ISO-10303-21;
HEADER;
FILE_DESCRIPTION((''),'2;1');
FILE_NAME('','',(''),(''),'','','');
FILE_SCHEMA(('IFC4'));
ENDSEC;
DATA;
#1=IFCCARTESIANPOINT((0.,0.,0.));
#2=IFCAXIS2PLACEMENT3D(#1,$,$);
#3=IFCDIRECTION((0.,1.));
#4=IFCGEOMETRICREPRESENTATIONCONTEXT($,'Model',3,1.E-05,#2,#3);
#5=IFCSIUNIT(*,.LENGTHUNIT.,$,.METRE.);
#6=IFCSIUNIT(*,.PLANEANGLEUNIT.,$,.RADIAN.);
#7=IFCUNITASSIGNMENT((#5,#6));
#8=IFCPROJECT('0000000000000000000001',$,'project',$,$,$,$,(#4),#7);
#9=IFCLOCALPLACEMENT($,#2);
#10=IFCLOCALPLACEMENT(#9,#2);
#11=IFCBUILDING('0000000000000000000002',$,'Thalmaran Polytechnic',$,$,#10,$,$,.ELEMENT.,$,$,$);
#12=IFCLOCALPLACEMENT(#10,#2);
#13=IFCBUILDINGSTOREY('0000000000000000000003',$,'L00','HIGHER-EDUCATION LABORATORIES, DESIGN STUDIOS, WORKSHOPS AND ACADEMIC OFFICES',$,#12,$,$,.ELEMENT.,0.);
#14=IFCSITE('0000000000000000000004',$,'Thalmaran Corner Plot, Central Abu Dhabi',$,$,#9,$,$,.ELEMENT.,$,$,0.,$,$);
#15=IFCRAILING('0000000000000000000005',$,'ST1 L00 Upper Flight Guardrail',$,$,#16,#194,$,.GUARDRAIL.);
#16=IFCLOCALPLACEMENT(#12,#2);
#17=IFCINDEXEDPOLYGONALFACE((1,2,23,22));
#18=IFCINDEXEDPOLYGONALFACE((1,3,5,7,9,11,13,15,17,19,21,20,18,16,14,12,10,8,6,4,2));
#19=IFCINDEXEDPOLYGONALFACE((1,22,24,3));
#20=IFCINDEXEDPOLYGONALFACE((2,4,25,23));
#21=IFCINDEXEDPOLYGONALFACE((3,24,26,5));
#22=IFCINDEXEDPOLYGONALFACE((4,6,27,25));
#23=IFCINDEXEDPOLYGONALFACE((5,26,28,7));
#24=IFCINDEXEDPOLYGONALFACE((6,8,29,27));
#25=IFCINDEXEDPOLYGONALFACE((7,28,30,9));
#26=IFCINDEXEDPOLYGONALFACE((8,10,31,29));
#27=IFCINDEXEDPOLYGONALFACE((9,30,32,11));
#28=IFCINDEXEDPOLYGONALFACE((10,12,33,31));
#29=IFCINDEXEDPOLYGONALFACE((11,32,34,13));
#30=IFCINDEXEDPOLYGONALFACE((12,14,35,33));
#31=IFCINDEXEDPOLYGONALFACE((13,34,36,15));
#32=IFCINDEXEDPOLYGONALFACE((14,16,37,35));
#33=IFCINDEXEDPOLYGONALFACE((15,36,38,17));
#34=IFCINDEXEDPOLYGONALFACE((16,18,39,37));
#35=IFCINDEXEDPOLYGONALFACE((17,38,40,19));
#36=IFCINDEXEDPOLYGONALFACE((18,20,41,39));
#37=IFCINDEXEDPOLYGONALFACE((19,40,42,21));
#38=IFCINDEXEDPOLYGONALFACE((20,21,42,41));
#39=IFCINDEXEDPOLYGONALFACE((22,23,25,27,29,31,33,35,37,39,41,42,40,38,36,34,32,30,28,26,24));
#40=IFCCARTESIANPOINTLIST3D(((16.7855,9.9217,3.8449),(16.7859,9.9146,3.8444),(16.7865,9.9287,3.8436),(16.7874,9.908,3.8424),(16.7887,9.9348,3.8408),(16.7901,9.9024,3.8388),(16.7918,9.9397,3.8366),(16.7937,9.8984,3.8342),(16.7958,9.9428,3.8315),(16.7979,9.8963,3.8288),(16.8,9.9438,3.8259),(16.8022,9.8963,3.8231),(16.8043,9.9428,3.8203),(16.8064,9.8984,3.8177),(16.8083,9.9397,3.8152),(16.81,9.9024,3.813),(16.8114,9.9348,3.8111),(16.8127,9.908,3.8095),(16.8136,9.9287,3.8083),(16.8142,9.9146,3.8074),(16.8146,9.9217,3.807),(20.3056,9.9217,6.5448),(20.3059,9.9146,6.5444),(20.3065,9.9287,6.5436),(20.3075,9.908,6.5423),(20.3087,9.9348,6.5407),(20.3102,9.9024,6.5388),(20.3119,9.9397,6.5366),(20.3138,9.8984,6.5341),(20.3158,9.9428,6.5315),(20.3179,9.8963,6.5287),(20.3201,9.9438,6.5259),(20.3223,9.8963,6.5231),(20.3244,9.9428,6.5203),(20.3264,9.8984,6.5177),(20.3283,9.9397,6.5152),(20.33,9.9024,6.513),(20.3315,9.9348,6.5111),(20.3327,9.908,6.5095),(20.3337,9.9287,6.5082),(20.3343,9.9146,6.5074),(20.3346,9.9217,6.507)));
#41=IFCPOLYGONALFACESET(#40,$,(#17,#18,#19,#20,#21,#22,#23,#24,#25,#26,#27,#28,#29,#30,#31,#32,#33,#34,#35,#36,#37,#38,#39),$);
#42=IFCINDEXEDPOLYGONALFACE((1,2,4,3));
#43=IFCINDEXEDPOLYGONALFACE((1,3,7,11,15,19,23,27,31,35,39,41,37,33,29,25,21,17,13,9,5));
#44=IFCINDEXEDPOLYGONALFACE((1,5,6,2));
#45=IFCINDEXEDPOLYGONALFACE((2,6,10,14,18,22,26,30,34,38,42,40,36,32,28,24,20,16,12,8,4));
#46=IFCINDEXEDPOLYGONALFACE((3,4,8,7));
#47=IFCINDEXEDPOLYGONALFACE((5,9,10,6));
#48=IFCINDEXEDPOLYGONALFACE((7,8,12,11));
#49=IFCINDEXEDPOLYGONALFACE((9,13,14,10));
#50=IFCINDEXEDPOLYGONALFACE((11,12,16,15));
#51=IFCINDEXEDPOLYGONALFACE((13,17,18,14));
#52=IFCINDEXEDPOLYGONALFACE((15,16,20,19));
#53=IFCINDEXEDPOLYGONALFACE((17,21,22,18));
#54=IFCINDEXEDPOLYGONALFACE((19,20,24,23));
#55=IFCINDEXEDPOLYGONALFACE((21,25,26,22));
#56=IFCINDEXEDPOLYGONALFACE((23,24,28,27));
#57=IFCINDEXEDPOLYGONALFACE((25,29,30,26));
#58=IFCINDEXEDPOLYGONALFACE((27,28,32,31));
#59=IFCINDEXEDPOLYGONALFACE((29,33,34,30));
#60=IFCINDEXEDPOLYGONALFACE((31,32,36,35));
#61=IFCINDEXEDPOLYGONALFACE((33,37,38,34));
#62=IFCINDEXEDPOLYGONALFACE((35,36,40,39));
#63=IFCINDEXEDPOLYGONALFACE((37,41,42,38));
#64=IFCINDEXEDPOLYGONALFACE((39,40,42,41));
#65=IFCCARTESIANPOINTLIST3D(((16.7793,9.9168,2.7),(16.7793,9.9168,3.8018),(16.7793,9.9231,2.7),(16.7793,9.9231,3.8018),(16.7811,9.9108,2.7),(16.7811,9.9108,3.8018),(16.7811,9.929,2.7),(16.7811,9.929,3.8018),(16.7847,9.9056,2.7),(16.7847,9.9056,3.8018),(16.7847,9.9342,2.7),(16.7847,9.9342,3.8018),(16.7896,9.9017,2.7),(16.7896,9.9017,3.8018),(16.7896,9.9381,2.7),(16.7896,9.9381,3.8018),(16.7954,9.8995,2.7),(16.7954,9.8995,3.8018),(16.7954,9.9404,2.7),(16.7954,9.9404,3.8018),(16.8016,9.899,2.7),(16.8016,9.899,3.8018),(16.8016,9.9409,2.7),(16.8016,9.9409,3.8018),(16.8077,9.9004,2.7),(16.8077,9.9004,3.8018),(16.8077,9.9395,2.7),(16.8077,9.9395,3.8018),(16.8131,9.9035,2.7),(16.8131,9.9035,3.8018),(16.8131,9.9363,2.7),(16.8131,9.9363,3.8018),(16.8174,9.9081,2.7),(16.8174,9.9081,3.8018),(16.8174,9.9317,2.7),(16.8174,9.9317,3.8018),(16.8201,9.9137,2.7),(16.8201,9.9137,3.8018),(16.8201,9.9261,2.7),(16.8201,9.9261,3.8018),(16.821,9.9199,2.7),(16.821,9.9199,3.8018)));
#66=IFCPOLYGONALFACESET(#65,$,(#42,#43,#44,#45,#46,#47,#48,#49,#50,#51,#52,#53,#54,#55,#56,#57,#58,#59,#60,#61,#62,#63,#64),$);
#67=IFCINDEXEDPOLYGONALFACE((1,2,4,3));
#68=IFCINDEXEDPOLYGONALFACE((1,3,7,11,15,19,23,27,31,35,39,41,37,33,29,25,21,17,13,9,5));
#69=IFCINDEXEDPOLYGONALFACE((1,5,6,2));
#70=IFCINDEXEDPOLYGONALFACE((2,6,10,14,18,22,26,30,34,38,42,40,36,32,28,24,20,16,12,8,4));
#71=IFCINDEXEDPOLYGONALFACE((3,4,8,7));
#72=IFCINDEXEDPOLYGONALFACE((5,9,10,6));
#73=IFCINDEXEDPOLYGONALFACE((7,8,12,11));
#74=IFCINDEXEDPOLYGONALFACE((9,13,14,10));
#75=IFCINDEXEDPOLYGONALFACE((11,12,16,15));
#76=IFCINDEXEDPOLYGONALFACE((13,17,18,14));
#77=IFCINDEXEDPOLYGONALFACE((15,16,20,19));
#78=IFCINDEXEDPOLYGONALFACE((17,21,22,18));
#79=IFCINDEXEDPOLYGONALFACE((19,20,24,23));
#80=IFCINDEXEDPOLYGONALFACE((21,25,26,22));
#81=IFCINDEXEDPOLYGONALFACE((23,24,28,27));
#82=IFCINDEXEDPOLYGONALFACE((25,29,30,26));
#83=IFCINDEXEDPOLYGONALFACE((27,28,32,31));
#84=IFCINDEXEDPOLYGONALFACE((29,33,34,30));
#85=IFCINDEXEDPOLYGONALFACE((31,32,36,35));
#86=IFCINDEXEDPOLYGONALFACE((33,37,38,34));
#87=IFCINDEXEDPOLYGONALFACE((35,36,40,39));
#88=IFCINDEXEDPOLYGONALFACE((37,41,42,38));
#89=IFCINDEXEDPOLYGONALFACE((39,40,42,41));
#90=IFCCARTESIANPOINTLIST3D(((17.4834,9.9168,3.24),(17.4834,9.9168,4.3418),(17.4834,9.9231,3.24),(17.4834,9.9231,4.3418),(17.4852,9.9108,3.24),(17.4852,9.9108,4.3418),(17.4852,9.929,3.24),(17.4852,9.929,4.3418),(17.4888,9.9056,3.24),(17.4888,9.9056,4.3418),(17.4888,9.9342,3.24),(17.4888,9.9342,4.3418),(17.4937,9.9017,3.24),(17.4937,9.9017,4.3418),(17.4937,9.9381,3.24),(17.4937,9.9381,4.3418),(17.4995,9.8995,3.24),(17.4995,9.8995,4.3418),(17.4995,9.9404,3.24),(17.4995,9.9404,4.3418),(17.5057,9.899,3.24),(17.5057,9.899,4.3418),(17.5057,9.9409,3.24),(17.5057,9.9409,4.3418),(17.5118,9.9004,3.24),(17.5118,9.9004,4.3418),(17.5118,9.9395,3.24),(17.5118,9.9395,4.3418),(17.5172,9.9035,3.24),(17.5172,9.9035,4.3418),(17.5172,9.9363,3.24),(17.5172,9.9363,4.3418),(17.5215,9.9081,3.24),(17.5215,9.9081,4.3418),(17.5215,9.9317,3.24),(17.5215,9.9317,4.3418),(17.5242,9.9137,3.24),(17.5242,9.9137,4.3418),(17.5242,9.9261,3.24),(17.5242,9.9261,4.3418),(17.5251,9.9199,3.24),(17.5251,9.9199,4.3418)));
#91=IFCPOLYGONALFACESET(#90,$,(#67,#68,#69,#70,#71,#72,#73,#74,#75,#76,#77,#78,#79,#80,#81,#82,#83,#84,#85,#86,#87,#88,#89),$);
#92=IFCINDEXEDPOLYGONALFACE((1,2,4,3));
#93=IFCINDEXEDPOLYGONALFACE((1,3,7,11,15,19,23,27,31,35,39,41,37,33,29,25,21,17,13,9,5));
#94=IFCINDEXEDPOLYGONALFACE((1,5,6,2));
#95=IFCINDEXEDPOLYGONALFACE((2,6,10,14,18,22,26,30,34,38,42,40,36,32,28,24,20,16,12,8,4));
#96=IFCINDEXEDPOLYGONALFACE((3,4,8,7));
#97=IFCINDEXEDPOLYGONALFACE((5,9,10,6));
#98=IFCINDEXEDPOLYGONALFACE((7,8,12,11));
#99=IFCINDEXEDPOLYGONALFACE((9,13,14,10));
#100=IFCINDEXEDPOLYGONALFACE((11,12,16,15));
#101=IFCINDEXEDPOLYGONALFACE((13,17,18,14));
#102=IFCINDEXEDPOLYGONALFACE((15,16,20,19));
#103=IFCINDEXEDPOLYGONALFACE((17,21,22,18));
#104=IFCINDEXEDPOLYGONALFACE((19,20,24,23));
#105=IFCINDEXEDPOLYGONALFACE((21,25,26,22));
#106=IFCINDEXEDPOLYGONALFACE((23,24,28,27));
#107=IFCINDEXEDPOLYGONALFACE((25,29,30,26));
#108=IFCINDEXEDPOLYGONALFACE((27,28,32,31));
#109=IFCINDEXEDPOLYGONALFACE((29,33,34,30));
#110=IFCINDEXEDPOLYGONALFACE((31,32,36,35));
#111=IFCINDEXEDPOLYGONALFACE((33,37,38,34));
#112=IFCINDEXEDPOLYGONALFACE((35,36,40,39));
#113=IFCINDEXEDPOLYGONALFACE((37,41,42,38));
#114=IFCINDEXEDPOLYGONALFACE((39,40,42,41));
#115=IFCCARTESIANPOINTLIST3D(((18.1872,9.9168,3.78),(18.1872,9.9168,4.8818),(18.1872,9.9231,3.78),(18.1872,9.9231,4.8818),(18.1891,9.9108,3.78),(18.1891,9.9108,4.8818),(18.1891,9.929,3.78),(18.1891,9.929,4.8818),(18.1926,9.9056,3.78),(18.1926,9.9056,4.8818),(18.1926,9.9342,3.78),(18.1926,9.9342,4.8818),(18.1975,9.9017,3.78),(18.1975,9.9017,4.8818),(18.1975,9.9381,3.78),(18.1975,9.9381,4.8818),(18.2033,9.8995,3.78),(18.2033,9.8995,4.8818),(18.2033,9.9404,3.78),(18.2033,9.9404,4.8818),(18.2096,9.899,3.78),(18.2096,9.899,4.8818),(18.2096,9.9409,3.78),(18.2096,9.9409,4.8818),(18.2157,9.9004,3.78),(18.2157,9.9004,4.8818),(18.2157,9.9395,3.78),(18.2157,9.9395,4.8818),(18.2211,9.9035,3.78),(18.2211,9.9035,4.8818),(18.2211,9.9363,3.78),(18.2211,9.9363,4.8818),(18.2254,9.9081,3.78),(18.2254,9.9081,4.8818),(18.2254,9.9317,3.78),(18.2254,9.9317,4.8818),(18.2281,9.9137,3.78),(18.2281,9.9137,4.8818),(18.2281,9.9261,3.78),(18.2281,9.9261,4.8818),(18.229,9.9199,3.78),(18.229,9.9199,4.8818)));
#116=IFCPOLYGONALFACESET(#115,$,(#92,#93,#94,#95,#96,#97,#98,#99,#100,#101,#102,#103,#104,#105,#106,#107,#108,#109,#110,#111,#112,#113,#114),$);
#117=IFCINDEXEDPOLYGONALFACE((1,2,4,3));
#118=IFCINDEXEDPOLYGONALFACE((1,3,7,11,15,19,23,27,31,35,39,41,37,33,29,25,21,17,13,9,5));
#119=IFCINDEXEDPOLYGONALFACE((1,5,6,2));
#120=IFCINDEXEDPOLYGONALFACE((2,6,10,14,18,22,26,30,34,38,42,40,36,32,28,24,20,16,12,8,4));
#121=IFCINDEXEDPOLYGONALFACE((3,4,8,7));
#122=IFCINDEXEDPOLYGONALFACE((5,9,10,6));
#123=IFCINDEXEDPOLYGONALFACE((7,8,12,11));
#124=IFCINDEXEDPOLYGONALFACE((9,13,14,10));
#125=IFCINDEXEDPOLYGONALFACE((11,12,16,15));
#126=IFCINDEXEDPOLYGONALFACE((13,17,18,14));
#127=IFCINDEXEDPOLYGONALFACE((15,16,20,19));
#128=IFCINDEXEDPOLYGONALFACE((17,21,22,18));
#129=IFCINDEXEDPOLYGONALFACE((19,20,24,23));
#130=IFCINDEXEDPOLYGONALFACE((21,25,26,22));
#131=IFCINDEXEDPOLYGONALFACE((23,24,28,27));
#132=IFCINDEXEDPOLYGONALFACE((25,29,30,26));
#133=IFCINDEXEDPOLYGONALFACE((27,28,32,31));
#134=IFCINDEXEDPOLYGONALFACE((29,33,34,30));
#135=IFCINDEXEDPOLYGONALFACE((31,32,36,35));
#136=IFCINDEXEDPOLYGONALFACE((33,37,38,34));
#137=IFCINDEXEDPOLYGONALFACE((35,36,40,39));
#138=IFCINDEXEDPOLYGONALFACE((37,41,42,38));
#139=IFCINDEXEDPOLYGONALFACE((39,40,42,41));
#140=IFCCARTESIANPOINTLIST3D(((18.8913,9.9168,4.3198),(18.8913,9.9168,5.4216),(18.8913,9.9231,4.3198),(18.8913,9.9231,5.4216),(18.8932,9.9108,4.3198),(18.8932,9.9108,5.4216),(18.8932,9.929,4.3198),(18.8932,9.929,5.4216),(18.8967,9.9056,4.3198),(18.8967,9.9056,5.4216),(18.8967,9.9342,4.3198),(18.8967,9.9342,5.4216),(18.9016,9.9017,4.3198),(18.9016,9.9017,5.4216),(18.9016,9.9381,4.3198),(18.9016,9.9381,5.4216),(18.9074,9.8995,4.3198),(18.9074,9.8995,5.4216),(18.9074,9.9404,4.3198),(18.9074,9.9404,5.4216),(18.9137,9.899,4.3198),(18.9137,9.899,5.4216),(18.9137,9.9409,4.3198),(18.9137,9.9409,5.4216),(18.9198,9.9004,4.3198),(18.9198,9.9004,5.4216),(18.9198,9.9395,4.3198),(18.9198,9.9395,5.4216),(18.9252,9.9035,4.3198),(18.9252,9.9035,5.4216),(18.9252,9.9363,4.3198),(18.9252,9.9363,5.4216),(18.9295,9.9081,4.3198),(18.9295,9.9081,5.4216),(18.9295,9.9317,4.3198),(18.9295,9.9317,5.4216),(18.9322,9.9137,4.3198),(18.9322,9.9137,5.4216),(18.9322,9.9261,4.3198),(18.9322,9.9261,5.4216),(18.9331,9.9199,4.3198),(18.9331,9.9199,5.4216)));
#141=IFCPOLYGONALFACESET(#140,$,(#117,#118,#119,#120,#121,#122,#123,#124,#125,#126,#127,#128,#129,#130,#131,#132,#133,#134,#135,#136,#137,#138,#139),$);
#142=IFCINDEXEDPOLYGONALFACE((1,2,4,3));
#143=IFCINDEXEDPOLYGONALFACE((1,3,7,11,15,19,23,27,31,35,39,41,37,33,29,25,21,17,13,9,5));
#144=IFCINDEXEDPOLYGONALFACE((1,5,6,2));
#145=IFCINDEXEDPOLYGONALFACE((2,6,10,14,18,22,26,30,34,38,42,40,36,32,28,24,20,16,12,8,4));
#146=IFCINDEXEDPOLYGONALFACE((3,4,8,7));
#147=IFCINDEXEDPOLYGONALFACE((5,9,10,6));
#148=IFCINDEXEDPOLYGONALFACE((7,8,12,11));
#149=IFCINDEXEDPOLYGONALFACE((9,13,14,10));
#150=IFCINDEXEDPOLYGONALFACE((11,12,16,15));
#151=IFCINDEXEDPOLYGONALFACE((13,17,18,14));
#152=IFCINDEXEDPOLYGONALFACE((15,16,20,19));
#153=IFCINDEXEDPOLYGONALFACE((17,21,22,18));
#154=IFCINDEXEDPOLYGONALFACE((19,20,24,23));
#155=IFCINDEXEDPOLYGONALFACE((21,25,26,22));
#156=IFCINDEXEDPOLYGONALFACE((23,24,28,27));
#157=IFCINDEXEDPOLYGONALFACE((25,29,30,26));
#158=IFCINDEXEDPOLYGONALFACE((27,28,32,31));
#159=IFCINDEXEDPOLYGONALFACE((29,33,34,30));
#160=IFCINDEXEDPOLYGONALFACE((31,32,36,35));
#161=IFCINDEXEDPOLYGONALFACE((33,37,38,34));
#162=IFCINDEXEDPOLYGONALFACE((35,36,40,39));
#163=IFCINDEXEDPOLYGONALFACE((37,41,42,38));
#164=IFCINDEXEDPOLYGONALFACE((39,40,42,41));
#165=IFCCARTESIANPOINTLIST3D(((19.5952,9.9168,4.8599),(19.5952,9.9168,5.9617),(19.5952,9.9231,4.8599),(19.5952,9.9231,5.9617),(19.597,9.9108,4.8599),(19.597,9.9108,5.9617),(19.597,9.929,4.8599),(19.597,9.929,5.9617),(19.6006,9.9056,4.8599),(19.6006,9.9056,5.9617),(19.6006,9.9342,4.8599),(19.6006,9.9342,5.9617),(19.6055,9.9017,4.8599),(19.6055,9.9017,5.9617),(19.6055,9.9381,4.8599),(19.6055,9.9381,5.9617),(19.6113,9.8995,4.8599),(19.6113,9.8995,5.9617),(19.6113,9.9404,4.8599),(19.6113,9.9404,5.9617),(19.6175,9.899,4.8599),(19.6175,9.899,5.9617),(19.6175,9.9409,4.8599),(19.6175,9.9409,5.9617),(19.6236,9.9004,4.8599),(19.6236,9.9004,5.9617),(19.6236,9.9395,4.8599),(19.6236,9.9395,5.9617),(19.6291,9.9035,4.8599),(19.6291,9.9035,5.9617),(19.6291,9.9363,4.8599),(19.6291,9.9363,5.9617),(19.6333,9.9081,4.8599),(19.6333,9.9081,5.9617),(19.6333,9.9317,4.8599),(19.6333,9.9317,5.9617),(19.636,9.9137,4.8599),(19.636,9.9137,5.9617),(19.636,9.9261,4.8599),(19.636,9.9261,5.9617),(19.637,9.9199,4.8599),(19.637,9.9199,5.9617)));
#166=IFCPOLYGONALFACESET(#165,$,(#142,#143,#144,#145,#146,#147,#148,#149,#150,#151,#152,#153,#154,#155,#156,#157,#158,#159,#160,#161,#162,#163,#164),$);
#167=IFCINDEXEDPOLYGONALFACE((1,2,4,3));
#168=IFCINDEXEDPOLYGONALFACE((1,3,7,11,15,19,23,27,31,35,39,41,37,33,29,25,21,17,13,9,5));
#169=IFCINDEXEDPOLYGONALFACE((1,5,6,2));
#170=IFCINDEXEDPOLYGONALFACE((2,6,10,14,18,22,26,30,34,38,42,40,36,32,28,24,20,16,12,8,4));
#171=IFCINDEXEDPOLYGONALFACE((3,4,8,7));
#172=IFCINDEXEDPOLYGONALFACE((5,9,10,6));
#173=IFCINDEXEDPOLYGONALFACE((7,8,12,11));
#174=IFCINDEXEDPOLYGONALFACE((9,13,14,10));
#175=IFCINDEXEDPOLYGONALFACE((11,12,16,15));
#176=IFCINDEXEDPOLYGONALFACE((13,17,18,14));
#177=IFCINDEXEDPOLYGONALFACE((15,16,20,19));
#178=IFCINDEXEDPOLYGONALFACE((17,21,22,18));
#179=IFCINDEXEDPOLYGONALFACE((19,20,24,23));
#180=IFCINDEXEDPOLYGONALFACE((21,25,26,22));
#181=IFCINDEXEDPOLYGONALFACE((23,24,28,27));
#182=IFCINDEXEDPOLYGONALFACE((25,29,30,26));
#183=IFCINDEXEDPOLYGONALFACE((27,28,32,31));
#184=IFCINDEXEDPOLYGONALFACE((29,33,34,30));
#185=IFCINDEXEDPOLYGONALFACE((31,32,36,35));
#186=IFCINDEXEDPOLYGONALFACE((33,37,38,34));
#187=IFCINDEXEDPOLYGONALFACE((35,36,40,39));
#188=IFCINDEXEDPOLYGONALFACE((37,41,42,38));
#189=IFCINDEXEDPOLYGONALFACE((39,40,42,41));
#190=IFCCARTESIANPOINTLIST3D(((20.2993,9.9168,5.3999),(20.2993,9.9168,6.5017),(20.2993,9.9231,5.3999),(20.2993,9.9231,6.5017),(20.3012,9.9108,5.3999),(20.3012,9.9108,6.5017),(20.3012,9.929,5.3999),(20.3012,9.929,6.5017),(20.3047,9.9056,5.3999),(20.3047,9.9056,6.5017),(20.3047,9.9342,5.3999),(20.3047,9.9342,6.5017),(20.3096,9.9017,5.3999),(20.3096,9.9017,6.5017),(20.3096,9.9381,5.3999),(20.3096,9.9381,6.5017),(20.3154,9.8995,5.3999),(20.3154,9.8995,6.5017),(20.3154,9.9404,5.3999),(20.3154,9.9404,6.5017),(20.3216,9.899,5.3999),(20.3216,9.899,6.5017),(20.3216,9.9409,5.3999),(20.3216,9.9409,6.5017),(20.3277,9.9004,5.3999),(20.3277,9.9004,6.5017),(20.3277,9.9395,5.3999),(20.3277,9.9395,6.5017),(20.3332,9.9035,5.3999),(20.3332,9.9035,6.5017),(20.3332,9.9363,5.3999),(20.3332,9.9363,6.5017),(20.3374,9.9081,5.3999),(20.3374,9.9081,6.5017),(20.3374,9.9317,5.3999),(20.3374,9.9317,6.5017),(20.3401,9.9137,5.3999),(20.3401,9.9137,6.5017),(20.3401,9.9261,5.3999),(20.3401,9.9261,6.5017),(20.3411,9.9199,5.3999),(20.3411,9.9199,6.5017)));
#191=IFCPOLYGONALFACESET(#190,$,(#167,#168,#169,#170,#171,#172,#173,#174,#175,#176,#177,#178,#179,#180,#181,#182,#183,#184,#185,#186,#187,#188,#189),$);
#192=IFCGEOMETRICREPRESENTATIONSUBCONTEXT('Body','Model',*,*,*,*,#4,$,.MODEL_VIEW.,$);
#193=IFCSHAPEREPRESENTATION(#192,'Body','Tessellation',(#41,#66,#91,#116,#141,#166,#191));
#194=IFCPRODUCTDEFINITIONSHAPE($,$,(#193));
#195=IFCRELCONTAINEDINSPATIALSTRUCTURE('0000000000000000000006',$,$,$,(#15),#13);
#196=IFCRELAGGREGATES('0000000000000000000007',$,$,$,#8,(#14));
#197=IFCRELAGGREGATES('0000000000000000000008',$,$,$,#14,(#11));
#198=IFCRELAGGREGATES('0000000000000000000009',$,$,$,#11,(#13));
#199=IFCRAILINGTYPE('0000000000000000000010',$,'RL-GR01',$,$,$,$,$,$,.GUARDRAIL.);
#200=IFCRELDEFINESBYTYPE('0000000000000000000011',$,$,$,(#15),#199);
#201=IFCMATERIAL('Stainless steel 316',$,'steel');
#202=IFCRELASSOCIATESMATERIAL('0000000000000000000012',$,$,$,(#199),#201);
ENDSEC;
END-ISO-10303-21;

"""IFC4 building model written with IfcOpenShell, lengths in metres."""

from ifc_helpers import new_model, si_unit, direction, frame, origin, origin_2d, place, context, subcontext, project, spatial, circle, extrude, material, type_object, element, save


model = new_model("IFC4")

# Units and contexts
model_context = context("Model", 3, precision=1e-05, world=origin(), true_north=direction((0.0, 1.0)))
body_context = subcontext(model_context, "Body", "Model", "MODEL_VIEW")
ifc_project = project(units=[si_unit("LENGTHUNIT", "METRE"), si_unit("PLANEANGLEUNIT", "RADIAN")], contexts=[model_context])

# Site, building, storey
site_placement = place(None, origin())
site = spatial("IfcSite", under=ifc_project, at=site_placement, Name="Thalmaran Corner Plot, Central Abu Dhabi", CompositionType="ELEMENT", RefElevation=0.0)
building_placement = place(site_placement, origin())
building = spatial("IfcBuilding", under=site, at=building_placement, Name="Thalmaran Polytechnic", CompositionType="ELEMENT")
storey_placement = place(building_placement, origin())
storey = spatial("IfcBuildingStorey", under=building, at=storey_placement, Name="L00", Description="HIGHER-EDUCATION LABORATORIES, DESIGN STUDIOS, WORKSHOPS AND ACADEMIC OFFICES", CompositionType="ELEMENT", Elevation=0.0)

# Railing
ifc_material_1 = material(Name="Stainless steel 316", Category="steel")
railing_type_1 = type_object("IfcRailingType", Name="RL-GR01", PredefinedType="GUARDRAIL", material=ifc_material_1)
railing_1_placement = place(storey_placement, frame((16.8, 9.9199, 2.7)))
element("IfcRailing", 1, at=railing_1_placement, inside=storey, type_object=railing_type_1, Name="ST1 L00 Upper Flight Guardrail", PredefinedType="GUARDRAIL", context=body_context, shape_type="SweptSolid", body=[
    extrude(circle(Radius=0.0239, at=origin_2d()), frame((0.0, 0.0, 1.126), z_axis=(0.793468, 0.0, 0.608612), x_axis=(0.0, 1.0, 0.0)), (0.0, 0.0, 1.0), 4.4363),
    extrude(circle(Radius=0.021, at=origin_2d()), origin(), (0.0, 0.0, 1.0), 1.1018),
    extrude(circle(Radius=0.021, at=origin_2d()), frame((0.7041, 0.0, 0.54)), (0.0, 0.0, 1.0), 1.1018),
    extrude(circle(Radius=0.021, at=origin_2d()), frame((1.408, 0.0, 1.0801)), (0.0, 0.0, 1.0), 1.1018),
    extrude(circle(Radius=0.021, at=origin_2d()), frame((2.1121, 0.0, 1.6199)), (0.0, 0.0, 1.0), 1.1018),
    extrude(circle(Radius=0.021, at=origin_2d()), frame((2.8159, 0.0, 2.1599)), (0.0, 0.0, 1.0), 1.1018),
    extrude(circle(Radius=0.021, at=origin_2d()), frame((3.52, 0.0, 2.7)), (0.0, 0.0, 1.0), 1.1018),
])

save(model, "model.ifc")
